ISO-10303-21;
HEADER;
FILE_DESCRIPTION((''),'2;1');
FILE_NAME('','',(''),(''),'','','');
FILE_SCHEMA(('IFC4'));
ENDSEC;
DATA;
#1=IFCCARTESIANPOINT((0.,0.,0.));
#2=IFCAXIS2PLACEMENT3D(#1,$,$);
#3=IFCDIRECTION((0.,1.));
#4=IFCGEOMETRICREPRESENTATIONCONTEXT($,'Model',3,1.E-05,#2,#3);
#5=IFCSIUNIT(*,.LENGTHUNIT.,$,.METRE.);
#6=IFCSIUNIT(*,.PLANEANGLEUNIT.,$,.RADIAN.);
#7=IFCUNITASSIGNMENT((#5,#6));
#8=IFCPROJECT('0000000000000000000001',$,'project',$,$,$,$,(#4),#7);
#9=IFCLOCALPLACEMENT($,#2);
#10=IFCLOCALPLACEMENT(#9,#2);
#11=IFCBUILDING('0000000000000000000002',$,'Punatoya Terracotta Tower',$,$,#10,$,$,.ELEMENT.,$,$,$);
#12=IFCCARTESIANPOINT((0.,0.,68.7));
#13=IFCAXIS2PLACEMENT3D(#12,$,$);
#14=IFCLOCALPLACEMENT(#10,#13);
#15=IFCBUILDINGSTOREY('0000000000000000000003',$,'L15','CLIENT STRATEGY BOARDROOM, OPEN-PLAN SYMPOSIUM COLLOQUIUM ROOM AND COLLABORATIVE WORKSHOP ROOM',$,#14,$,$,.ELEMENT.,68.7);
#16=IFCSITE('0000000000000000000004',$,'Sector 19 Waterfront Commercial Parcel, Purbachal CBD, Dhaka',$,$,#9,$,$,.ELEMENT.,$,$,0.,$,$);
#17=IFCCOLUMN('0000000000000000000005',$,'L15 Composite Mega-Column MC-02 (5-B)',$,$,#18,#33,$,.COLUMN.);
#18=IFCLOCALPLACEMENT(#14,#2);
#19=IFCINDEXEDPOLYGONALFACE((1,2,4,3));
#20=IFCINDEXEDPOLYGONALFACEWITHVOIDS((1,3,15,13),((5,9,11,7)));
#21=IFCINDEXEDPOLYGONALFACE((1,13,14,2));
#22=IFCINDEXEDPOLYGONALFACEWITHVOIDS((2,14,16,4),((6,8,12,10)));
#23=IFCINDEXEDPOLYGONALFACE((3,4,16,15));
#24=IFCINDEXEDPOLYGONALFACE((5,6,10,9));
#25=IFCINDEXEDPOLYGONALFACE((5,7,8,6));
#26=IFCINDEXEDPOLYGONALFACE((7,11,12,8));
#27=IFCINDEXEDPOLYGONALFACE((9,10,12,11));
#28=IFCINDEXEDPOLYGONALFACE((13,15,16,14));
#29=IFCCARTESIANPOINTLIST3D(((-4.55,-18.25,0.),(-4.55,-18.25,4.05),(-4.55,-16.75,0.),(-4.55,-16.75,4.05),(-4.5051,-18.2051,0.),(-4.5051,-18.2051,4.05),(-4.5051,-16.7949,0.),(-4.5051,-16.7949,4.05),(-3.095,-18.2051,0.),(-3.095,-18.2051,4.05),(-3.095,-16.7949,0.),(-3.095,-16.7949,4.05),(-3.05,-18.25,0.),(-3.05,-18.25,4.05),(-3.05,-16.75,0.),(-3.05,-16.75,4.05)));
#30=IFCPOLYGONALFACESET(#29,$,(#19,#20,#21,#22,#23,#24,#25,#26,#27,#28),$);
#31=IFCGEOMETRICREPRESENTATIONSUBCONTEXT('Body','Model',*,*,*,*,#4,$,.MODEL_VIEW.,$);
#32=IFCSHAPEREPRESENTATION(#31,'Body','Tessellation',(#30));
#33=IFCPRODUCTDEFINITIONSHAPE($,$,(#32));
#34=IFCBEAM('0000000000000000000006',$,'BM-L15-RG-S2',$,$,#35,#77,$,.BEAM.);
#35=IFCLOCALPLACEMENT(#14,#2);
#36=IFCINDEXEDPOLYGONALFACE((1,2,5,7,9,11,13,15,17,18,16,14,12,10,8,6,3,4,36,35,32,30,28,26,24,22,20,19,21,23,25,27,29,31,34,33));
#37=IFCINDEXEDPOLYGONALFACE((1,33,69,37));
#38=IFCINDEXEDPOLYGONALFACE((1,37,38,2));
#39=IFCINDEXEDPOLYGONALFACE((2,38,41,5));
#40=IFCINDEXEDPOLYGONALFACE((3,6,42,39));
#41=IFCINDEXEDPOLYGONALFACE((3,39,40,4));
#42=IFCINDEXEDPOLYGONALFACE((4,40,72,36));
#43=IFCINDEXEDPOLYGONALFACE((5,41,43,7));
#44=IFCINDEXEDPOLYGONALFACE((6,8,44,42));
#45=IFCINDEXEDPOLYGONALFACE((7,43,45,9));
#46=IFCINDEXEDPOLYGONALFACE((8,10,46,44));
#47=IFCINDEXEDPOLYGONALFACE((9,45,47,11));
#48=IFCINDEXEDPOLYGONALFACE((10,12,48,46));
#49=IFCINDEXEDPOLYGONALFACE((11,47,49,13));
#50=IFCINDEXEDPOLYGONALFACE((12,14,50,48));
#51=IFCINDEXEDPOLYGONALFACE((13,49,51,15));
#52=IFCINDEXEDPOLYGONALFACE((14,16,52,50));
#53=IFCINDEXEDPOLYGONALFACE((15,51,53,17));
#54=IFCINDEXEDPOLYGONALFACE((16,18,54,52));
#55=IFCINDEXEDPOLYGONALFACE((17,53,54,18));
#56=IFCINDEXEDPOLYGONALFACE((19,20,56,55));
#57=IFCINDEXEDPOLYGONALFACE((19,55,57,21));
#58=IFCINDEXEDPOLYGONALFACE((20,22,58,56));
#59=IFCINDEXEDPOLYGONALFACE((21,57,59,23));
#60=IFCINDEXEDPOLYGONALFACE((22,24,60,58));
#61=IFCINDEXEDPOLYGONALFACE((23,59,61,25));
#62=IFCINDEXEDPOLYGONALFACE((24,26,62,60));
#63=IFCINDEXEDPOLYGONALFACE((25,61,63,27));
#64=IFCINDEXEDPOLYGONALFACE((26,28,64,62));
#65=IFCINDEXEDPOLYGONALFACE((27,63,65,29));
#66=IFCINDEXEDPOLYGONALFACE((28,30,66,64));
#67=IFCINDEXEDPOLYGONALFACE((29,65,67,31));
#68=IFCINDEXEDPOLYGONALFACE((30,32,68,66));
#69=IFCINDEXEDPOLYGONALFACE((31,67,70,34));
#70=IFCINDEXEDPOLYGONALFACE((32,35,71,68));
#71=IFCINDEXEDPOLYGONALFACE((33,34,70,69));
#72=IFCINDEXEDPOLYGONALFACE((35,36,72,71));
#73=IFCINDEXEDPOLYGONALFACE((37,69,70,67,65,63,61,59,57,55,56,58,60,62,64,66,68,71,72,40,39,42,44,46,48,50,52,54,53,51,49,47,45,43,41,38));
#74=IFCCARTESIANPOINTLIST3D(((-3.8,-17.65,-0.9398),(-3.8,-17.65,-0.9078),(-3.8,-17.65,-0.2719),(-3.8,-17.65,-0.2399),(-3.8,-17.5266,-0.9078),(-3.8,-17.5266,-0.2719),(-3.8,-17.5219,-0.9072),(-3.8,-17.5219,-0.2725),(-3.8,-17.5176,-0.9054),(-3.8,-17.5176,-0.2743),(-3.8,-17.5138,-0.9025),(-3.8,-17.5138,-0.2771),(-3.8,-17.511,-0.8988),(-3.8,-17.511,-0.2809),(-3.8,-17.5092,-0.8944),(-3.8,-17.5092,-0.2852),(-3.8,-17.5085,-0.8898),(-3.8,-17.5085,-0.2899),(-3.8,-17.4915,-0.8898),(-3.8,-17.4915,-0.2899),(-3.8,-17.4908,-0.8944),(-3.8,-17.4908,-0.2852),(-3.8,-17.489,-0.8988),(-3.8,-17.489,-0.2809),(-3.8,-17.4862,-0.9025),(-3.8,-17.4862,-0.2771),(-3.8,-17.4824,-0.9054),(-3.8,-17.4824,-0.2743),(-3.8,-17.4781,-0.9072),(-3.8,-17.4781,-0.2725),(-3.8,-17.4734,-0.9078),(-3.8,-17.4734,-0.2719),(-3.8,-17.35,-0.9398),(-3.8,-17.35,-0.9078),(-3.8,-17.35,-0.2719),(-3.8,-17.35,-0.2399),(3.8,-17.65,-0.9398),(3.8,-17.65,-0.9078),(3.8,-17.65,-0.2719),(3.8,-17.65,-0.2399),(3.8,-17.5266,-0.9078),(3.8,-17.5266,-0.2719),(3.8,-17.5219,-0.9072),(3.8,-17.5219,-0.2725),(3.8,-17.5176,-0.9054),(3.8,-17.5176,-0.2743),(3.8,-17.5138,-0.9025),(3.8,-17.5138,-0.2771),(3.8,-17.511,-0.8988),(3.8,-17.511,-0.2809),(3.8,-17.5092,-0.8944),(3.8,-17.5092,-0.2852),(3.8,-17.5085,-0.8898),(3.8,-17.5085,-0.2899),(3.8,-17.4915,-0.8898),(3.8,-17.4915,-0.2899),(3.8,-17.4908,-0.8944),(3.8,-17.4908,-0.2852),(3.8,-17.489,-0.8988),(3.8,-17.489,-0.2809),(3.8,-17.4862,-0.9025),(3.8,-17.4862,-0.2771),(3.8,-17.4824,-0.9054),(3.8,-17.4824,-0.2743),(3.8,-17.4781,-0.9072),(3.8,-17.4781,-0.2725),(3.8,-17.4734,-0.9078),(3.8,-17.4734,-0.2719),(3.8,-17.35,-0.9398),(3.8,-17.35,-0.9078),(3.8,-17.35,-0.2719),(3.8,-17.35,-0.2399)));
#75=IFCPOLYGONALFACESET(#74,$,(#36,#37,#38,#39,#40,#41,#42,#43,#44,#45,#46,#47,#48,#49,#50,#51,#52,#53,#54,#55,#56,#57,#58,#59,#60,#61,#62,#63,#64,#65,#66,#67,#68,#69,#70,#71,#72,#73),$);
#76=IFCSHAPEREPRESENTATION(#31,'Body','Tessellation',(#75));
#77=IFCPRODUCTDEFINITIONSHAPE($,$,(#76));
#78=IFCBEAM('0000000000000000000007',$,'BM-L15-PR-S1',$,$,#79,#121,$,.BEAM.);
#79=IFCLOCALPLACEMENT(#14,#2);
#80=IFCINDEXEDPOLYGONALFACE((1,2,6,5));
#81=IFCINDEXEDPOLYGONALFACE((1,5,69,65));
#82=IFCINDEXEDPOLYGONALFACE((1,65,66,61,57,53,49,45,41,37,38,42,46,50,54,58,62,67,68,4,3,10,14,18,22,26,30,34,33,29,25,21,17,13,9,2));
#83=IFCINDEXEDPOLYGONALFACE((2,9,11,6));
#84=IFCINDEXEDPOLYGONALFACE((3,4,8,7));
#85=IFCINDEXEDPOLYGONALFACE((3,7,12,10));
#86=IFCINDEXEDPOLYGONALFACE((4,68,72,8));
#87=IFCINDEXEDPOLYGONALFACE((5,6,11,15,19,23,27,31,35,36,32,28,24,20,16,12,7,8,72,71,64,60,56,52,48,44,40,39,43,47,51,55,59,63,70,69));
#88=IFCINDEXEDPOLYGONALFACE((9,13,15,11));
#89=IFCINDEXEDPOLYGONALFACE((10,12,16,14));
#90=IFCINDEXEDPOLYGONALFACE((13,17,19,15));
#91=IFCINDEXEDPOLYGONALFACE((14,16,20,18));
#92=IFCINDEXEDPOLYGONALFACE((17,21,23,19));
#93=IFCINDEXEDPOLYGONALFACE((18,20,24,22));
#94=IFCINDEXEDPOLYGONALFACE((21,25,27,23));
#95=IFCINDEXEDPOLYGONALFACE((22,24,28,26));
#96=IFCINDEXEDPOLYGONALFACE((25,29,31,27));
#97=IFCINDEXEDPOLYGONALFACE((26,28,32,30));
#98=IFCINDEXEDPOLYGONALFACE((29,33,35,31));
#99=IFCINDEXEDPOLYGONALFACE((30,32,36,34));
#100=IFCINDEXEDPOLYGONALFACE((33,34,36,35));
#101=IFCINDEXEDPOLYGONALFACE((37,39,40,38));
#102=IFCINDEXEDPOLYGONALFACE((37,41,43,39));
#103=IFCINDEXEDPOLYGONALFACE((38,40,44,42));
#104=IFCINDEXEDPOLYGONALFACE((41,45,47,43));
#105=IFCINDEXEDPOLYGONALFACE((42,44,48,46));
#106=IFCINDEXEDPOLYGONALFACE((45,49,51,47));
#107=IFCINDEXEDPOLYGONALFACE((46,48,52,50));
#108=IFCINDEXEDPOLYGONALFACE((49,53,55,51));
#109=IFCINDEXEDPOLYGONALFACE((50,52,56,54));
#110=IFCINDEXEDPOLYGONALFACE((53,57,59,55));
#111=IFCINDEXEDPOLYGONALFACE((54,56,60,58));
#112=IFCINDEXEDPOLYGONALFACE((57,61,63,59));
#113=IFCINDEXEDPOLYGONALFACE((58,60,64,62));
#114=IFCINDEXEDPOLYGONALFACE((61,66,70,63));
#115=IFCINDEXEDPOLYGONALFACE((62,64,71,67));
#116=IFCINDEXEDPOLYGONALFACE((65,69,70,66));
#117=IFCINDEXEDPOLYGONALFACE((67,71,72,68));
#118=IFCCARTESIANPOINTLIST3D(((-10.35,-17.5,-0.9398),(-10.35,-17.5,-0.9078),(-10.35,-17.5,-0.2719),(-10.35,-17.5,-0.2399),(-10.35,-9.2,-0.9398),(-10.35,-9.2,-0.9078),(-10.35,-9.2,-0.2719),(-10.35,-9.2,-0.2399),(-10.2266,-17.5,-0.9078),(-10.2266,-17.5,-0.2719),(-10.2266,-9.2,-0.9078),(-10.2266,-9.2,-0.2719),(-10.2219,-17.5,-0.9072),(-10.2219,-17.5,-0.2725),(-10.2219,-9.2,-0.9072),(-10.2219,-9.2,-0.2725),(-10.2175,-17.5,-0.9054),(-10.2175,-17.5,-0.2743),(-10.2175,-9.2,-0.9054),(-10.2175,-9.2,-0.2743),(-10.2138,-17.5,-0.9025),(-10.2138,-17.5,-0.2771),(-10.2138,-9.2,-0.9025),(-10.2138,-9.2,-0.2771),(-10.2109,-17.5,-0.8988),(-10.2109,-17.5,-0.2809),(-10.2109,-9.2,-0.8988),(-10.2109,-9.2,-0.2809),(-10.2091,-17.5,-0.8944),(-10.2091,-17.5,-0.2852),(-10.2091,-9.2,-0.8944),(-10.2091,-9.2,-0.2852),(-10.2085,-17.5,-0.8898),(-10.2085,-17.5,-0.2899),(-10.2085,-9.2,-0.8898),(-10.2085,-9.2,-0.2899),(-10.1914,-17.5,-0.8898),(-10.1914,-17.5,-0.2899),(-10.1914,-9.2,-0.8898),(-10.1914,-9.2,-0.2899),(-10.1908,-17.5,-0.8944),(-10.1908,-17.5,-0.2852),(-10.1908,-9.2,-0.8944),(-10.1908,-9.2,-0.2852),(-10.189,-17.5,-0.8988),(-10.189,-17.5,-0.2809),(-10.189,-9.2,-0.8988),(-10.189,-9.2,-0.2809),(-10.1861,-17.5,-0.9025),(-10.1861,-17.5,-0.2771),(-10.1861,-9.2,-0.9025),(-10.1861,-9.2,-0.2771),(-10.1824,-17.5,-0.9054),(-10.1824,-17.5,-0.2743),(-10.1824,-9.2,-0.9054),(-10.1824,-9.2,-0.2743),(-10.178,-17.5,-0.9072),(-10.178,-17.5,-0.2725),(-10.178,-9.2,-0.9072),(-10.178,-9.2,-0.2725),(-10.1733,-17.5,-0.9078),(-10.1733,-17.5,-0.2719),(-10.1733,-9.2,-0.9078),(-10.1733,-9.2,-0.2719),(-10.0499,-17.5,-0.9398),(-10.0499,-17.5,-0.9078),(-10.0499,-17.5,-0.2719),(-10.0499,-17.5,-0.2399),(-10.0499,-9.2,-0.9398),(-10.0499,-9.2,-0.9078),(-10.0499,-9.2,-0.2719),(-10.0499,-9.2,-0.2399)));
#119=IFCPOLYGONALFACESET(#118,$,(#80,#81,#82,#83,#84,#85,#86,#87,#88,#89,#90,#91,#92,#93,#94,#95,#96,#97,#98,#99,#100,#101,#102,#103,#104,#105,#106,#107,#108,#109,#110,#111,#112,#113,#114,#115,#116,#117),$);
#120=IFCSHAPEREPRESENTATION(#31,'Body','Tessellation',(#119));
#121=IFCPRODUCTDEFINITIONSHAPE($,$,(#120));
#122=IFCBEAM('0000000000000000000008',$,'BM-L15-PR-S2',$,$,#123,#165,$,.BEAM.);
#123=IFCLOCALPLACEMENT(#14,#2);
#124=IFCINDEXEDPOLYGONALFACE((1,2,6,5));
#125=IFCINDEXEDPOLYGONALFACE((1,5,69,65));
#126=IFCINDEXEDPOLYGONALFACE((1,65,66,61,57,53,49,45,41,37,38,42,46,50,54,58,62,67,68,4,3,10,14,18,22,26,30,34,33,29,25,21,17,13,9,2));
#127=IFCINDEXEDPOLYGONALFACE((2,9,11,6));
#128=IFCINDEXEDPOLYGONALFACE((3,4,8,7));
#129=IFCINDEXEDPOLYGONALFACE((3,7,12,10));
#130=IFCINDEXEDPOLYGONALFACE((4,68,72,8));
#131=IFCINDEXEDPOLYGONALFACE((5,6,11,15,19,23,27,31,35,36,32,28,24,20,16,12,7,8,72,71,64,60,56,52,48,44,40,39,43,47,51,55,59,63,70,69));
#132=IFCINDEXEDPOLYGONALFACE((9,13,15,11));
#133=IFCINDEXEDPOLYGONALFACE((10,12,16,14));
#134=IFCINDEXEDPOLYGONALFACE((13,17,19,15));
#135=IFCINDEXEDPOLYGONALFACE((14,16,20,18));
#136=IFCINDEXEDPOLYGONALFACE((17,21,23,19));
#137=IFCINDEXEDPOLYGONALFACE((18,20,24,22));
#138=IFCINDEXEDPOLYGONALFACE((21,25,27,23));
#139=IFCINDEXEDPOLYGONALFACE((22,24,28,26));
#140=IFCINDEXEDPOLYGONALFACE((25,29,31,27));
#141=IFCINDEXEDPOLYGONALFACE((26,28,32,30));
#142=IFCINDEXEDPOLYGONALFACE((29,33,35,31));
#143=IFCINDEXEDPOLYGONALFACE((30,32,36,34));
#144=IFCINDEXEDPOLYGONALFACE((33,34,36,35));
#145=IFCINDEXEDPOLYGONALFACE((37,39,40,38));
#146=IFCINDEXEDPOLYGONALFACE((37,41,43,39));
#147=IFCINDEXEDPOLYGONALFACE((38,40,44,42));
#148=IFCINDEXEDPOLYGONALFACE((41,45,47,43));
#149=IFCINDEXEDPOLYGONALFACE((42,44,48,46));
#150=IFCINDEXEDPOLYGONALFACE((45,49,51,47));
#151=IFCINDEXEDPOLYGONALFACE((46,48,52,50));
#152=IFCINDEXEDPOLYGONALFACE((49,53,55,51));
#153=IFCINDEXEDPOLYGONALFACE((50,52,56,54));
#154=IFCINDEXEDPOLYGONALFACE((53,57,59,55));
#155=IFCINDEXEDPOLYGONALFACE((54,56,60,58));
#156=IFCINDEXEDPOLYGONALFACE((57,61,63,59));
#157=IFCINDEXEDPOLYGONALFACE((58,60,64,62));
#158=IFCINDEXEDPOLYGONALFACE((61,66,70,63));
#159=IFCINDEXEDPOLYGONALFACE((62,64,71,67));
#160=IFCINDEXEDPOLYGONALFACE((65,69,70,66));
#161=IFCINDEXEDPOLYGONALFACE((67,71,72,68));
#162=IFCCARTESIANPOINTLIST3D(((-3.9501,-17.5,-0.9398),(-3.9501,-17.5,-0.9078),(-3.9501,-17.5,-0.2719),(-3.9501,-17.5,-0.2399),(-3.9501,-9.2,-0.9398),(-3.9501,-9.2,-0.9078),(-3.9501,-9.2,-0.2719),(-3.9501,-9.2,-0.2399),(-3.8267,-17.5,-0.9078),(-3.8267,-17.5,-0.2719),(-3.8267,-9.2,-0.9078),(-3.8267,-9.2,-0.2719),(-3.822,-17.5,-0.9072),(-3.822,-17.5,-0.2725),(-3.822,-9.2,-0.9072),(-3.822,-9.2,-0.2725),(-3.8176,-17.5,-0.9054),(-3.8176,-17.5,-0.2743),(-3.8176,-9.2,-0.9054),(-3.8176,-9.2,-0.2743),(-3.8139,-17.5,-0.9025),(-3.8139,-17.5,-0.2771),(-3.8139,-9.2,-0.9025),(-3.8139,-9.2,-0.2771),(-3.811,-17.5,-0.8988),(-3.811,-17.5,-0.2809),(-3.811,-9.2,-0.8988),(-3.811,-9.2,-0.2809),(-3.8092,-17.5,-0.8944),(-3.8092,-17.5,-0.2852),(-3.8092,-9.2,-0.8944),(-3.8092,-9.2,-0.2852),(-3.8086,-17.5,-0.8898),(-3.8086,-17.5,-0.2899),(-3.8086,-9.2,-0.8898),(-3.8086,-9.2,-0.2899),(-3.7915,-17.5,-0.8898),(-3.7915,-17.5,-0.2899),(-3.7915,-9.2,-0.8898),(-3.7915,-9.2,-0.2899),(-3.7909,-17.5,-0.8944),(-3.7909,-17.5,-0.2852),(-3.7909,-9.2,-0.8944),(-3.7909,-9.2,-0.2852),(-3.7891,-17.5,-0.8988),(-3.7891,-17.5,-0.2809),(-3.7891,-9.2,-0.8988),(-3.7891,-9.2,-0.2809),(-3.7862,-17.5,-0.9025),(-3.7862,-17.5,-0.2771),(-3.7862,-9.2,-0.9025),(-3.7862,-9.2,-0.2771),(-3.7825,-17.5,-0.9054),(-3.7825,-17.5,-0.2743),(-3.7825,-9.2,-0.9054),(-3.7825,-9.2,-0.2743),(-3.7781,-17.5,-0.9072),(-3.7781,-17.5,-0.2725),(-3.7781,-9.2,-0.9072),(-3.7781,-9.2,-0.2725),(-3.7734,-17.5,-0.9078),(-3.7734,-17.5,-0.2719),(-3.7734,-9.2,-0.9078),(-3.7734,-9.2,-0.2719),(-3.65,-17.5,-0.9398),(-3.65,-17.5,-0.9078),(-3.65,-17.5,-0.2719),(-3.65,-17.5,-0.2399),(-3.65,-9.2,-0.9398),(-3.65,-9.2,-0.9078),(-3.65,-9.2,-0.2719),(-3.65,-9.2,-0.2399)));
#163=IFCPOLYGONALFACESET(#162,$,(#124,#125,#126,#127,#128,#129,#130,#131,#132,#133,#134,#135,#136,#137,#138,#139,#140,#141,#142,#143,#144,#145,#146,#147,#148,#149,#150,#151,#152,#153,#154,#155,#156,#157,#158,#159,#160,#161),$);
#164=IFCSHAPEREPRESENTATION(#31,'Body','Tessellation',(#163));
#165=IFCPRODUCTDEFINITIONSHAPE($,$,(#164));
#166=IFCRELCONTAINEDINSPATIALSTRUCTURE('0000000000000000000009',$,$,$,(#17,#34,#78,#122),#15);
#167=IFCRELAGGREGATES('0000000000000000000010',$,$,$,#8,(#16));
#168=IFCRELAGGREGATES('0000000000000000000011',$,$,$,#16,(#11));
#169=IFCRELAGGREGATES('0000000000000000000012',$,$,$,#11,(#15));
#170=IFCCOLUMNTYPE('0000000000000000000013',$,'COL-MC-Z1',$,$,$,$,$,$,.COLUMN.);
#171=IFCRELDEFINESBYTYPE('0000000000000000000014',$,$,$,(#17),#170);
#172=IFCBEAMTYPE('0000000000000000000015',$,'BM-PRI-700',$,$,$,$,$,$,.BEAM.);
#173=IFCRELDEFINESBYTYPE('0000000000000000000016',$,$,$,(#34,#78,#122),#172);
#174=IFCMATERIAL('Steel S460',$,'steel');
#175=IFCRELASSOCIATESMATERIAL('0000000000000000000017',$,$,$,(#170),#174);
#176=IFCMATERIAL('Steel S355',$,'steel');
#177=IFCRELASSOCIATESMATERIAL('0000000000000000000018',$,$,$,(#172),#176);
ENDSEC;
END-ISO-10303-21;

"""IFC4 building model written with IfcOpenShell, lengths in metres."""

from ifc_helpers import new_model, si_unit, direction, frame, origin, origin_2d, place, context, subcontext, project, spatial, hollow_rectangle, i_section, extrude, material, material_profile, profile_set, type_object, element, save


model = new_model("IFC4")

# Units and contexts
model_context = context("Model", 3, precision=1e-05, world=origin(), true_north=direction((0.0, 1.0)))
body_context = subcontext(model_context, "Body", "Model", "MODEL_VIEW")
ifc_project = project(units=[si_unit("LENGTHUNIT", "METRE"), si_unit("PLANEANGLEUNIT", "RADIAN")], contexts=[model_context])

# Site, building, storey
site_placement = place(None, origin())
site = spatial("IfcSite", under=ifc_project, at=site_placement, Name="Sector 19 Waterfront Commercial Parcel, Purbachal CBD, Dhaka", CompositionType="ELEMENT", RefElevation=0.0)
building_placement = place(site_placement, origin())
building = spatial("IfcBuilding", under=site, at=building_placement, Name="Punatoya Terracotta Tower", CompositionType="ELEMENT")
storey_placement = place(building_placement, frame((0.0, 0.0, 68.7)))
storey = spatial("IfcBuildingStorey", under=building, at=storey_placement, Name="L15", Description="CLIENT STRATEGY BOARDROOM, OPEN-PLAN SYMPOSIUM COLLOQUIUM ROOM AND COLLABORATIVE WORKSHOP ROOM", CompositionType="ELEMENT", Elevation=68.7)

# Column
ifc_material_1 = material(Name="Steel S460", Category="steel")
ifc_material_profile_1 = material_profile(ifc_material_1, hollow_rectangle(XDim=1.5, YDim=1.5, WallThickness=0.0449, at=origin_2d()))
ifc_profile_set_1 = profile_set([ifc_material_profile_1], Name="Steel S460")
column_type = type_object("IfcColumnType", Name="COL-MC-Z1", PredefinedType="COLUMN", material=ifc_profile_set_1)
column_placement = place(storey_placement, frame((-3.8, -17.5, 0.0), z_axis=(0.0, 0.0, 1.0), x_axis=(1.0, 0.0, 0.0)))
element("IfcColumn", 1, at=column_placement, inside=storey, type_object=column_type, Name="L15 Composite Mega-Column MC-02 (5-B)", PredefinedType="COLUMN", context=body_context, shape_type="SweptSolid", body=[
    extrude(hollow_rectangle(XDim=1.5, YDim=1.5, WallThickness=0.0449, at=origin_2d()), origin(), (0.0, 0.0, 1.0), 4.05),
])

# Beams
ifc_material_2 = material(Name="Steel S355", Category="steel")
ifc_material_profile_2 = material_profile(ifc_material_2, i_section(OverallWidth=0.3, OverallDepth=0.7, WebThickness=0.0171, FlangeThickness=0.032, FilletRadius=0.0181, at=origin_2d()))
ifc_profile_set_2 = profile_set([ifc_material_profile_2], Name="Steel S355")
beam_type_1 = type_object("IfcBeamType", Name="BM-PRI-700", PredefinedType="BEAM", material=ifc_profile_set_2)
beam_1_placement = place(storey_placement, frame((-3.8, -17.5, -0.5898), z_axis=(1.0, 0.0, 0.0), x_axis=(0.0, 1.0, 0.0)))
element("IfcBeam", 2, at=beam_1_placement, inside=storey, type_object=beam_type_1, Name="BM-L15-RG-S2", PredefinedType="BEAM", context=body_context, shape_type="SweptSolid", body=[
    extrude(i_section(OverallWidth=0.3, OverallDepth=0.7, WebThickness=0.0171, FlangeThickness=0.032, FilletRadius=0.0181, at=origin_2d()), origin(), (0.0, 0.0, 1.0), 7.6001),
])
for number, where, z_axis, x_axis, name in (
    (3, (-10.2, -17.5, -0.5898), (0.0, 1.0, 0.0), (-1.0, 0.0, 0.0), "BM-L15-PR-S1"),
    (4, (-3.8, -17.5, -0.5898), (0.0, 1.0, 0.0), (-1.0, 0.0, 0.0), "BM-L15-PR-S2"),
):
    element("IfcBeam", number, at=place(storey_placement, frame(where, z_axis=z_axis, x_axis=x_axis)), inside=storey, type_object=beam_type_1, Name=name, PredefinedType="BEAM", context=body_context, shape_type="SweptSolid", body=[
        extrude(i_section(OverallWidth=0.3, OverallDepth=0.7, WebThickness=0.0171, FlangeThickness=0.032, FilletRadius=0.0181, at=origin_2d()), origin(), (0.0, 0.0, 1.0), 8.3),
    ])

save(model, "model.ifc")
